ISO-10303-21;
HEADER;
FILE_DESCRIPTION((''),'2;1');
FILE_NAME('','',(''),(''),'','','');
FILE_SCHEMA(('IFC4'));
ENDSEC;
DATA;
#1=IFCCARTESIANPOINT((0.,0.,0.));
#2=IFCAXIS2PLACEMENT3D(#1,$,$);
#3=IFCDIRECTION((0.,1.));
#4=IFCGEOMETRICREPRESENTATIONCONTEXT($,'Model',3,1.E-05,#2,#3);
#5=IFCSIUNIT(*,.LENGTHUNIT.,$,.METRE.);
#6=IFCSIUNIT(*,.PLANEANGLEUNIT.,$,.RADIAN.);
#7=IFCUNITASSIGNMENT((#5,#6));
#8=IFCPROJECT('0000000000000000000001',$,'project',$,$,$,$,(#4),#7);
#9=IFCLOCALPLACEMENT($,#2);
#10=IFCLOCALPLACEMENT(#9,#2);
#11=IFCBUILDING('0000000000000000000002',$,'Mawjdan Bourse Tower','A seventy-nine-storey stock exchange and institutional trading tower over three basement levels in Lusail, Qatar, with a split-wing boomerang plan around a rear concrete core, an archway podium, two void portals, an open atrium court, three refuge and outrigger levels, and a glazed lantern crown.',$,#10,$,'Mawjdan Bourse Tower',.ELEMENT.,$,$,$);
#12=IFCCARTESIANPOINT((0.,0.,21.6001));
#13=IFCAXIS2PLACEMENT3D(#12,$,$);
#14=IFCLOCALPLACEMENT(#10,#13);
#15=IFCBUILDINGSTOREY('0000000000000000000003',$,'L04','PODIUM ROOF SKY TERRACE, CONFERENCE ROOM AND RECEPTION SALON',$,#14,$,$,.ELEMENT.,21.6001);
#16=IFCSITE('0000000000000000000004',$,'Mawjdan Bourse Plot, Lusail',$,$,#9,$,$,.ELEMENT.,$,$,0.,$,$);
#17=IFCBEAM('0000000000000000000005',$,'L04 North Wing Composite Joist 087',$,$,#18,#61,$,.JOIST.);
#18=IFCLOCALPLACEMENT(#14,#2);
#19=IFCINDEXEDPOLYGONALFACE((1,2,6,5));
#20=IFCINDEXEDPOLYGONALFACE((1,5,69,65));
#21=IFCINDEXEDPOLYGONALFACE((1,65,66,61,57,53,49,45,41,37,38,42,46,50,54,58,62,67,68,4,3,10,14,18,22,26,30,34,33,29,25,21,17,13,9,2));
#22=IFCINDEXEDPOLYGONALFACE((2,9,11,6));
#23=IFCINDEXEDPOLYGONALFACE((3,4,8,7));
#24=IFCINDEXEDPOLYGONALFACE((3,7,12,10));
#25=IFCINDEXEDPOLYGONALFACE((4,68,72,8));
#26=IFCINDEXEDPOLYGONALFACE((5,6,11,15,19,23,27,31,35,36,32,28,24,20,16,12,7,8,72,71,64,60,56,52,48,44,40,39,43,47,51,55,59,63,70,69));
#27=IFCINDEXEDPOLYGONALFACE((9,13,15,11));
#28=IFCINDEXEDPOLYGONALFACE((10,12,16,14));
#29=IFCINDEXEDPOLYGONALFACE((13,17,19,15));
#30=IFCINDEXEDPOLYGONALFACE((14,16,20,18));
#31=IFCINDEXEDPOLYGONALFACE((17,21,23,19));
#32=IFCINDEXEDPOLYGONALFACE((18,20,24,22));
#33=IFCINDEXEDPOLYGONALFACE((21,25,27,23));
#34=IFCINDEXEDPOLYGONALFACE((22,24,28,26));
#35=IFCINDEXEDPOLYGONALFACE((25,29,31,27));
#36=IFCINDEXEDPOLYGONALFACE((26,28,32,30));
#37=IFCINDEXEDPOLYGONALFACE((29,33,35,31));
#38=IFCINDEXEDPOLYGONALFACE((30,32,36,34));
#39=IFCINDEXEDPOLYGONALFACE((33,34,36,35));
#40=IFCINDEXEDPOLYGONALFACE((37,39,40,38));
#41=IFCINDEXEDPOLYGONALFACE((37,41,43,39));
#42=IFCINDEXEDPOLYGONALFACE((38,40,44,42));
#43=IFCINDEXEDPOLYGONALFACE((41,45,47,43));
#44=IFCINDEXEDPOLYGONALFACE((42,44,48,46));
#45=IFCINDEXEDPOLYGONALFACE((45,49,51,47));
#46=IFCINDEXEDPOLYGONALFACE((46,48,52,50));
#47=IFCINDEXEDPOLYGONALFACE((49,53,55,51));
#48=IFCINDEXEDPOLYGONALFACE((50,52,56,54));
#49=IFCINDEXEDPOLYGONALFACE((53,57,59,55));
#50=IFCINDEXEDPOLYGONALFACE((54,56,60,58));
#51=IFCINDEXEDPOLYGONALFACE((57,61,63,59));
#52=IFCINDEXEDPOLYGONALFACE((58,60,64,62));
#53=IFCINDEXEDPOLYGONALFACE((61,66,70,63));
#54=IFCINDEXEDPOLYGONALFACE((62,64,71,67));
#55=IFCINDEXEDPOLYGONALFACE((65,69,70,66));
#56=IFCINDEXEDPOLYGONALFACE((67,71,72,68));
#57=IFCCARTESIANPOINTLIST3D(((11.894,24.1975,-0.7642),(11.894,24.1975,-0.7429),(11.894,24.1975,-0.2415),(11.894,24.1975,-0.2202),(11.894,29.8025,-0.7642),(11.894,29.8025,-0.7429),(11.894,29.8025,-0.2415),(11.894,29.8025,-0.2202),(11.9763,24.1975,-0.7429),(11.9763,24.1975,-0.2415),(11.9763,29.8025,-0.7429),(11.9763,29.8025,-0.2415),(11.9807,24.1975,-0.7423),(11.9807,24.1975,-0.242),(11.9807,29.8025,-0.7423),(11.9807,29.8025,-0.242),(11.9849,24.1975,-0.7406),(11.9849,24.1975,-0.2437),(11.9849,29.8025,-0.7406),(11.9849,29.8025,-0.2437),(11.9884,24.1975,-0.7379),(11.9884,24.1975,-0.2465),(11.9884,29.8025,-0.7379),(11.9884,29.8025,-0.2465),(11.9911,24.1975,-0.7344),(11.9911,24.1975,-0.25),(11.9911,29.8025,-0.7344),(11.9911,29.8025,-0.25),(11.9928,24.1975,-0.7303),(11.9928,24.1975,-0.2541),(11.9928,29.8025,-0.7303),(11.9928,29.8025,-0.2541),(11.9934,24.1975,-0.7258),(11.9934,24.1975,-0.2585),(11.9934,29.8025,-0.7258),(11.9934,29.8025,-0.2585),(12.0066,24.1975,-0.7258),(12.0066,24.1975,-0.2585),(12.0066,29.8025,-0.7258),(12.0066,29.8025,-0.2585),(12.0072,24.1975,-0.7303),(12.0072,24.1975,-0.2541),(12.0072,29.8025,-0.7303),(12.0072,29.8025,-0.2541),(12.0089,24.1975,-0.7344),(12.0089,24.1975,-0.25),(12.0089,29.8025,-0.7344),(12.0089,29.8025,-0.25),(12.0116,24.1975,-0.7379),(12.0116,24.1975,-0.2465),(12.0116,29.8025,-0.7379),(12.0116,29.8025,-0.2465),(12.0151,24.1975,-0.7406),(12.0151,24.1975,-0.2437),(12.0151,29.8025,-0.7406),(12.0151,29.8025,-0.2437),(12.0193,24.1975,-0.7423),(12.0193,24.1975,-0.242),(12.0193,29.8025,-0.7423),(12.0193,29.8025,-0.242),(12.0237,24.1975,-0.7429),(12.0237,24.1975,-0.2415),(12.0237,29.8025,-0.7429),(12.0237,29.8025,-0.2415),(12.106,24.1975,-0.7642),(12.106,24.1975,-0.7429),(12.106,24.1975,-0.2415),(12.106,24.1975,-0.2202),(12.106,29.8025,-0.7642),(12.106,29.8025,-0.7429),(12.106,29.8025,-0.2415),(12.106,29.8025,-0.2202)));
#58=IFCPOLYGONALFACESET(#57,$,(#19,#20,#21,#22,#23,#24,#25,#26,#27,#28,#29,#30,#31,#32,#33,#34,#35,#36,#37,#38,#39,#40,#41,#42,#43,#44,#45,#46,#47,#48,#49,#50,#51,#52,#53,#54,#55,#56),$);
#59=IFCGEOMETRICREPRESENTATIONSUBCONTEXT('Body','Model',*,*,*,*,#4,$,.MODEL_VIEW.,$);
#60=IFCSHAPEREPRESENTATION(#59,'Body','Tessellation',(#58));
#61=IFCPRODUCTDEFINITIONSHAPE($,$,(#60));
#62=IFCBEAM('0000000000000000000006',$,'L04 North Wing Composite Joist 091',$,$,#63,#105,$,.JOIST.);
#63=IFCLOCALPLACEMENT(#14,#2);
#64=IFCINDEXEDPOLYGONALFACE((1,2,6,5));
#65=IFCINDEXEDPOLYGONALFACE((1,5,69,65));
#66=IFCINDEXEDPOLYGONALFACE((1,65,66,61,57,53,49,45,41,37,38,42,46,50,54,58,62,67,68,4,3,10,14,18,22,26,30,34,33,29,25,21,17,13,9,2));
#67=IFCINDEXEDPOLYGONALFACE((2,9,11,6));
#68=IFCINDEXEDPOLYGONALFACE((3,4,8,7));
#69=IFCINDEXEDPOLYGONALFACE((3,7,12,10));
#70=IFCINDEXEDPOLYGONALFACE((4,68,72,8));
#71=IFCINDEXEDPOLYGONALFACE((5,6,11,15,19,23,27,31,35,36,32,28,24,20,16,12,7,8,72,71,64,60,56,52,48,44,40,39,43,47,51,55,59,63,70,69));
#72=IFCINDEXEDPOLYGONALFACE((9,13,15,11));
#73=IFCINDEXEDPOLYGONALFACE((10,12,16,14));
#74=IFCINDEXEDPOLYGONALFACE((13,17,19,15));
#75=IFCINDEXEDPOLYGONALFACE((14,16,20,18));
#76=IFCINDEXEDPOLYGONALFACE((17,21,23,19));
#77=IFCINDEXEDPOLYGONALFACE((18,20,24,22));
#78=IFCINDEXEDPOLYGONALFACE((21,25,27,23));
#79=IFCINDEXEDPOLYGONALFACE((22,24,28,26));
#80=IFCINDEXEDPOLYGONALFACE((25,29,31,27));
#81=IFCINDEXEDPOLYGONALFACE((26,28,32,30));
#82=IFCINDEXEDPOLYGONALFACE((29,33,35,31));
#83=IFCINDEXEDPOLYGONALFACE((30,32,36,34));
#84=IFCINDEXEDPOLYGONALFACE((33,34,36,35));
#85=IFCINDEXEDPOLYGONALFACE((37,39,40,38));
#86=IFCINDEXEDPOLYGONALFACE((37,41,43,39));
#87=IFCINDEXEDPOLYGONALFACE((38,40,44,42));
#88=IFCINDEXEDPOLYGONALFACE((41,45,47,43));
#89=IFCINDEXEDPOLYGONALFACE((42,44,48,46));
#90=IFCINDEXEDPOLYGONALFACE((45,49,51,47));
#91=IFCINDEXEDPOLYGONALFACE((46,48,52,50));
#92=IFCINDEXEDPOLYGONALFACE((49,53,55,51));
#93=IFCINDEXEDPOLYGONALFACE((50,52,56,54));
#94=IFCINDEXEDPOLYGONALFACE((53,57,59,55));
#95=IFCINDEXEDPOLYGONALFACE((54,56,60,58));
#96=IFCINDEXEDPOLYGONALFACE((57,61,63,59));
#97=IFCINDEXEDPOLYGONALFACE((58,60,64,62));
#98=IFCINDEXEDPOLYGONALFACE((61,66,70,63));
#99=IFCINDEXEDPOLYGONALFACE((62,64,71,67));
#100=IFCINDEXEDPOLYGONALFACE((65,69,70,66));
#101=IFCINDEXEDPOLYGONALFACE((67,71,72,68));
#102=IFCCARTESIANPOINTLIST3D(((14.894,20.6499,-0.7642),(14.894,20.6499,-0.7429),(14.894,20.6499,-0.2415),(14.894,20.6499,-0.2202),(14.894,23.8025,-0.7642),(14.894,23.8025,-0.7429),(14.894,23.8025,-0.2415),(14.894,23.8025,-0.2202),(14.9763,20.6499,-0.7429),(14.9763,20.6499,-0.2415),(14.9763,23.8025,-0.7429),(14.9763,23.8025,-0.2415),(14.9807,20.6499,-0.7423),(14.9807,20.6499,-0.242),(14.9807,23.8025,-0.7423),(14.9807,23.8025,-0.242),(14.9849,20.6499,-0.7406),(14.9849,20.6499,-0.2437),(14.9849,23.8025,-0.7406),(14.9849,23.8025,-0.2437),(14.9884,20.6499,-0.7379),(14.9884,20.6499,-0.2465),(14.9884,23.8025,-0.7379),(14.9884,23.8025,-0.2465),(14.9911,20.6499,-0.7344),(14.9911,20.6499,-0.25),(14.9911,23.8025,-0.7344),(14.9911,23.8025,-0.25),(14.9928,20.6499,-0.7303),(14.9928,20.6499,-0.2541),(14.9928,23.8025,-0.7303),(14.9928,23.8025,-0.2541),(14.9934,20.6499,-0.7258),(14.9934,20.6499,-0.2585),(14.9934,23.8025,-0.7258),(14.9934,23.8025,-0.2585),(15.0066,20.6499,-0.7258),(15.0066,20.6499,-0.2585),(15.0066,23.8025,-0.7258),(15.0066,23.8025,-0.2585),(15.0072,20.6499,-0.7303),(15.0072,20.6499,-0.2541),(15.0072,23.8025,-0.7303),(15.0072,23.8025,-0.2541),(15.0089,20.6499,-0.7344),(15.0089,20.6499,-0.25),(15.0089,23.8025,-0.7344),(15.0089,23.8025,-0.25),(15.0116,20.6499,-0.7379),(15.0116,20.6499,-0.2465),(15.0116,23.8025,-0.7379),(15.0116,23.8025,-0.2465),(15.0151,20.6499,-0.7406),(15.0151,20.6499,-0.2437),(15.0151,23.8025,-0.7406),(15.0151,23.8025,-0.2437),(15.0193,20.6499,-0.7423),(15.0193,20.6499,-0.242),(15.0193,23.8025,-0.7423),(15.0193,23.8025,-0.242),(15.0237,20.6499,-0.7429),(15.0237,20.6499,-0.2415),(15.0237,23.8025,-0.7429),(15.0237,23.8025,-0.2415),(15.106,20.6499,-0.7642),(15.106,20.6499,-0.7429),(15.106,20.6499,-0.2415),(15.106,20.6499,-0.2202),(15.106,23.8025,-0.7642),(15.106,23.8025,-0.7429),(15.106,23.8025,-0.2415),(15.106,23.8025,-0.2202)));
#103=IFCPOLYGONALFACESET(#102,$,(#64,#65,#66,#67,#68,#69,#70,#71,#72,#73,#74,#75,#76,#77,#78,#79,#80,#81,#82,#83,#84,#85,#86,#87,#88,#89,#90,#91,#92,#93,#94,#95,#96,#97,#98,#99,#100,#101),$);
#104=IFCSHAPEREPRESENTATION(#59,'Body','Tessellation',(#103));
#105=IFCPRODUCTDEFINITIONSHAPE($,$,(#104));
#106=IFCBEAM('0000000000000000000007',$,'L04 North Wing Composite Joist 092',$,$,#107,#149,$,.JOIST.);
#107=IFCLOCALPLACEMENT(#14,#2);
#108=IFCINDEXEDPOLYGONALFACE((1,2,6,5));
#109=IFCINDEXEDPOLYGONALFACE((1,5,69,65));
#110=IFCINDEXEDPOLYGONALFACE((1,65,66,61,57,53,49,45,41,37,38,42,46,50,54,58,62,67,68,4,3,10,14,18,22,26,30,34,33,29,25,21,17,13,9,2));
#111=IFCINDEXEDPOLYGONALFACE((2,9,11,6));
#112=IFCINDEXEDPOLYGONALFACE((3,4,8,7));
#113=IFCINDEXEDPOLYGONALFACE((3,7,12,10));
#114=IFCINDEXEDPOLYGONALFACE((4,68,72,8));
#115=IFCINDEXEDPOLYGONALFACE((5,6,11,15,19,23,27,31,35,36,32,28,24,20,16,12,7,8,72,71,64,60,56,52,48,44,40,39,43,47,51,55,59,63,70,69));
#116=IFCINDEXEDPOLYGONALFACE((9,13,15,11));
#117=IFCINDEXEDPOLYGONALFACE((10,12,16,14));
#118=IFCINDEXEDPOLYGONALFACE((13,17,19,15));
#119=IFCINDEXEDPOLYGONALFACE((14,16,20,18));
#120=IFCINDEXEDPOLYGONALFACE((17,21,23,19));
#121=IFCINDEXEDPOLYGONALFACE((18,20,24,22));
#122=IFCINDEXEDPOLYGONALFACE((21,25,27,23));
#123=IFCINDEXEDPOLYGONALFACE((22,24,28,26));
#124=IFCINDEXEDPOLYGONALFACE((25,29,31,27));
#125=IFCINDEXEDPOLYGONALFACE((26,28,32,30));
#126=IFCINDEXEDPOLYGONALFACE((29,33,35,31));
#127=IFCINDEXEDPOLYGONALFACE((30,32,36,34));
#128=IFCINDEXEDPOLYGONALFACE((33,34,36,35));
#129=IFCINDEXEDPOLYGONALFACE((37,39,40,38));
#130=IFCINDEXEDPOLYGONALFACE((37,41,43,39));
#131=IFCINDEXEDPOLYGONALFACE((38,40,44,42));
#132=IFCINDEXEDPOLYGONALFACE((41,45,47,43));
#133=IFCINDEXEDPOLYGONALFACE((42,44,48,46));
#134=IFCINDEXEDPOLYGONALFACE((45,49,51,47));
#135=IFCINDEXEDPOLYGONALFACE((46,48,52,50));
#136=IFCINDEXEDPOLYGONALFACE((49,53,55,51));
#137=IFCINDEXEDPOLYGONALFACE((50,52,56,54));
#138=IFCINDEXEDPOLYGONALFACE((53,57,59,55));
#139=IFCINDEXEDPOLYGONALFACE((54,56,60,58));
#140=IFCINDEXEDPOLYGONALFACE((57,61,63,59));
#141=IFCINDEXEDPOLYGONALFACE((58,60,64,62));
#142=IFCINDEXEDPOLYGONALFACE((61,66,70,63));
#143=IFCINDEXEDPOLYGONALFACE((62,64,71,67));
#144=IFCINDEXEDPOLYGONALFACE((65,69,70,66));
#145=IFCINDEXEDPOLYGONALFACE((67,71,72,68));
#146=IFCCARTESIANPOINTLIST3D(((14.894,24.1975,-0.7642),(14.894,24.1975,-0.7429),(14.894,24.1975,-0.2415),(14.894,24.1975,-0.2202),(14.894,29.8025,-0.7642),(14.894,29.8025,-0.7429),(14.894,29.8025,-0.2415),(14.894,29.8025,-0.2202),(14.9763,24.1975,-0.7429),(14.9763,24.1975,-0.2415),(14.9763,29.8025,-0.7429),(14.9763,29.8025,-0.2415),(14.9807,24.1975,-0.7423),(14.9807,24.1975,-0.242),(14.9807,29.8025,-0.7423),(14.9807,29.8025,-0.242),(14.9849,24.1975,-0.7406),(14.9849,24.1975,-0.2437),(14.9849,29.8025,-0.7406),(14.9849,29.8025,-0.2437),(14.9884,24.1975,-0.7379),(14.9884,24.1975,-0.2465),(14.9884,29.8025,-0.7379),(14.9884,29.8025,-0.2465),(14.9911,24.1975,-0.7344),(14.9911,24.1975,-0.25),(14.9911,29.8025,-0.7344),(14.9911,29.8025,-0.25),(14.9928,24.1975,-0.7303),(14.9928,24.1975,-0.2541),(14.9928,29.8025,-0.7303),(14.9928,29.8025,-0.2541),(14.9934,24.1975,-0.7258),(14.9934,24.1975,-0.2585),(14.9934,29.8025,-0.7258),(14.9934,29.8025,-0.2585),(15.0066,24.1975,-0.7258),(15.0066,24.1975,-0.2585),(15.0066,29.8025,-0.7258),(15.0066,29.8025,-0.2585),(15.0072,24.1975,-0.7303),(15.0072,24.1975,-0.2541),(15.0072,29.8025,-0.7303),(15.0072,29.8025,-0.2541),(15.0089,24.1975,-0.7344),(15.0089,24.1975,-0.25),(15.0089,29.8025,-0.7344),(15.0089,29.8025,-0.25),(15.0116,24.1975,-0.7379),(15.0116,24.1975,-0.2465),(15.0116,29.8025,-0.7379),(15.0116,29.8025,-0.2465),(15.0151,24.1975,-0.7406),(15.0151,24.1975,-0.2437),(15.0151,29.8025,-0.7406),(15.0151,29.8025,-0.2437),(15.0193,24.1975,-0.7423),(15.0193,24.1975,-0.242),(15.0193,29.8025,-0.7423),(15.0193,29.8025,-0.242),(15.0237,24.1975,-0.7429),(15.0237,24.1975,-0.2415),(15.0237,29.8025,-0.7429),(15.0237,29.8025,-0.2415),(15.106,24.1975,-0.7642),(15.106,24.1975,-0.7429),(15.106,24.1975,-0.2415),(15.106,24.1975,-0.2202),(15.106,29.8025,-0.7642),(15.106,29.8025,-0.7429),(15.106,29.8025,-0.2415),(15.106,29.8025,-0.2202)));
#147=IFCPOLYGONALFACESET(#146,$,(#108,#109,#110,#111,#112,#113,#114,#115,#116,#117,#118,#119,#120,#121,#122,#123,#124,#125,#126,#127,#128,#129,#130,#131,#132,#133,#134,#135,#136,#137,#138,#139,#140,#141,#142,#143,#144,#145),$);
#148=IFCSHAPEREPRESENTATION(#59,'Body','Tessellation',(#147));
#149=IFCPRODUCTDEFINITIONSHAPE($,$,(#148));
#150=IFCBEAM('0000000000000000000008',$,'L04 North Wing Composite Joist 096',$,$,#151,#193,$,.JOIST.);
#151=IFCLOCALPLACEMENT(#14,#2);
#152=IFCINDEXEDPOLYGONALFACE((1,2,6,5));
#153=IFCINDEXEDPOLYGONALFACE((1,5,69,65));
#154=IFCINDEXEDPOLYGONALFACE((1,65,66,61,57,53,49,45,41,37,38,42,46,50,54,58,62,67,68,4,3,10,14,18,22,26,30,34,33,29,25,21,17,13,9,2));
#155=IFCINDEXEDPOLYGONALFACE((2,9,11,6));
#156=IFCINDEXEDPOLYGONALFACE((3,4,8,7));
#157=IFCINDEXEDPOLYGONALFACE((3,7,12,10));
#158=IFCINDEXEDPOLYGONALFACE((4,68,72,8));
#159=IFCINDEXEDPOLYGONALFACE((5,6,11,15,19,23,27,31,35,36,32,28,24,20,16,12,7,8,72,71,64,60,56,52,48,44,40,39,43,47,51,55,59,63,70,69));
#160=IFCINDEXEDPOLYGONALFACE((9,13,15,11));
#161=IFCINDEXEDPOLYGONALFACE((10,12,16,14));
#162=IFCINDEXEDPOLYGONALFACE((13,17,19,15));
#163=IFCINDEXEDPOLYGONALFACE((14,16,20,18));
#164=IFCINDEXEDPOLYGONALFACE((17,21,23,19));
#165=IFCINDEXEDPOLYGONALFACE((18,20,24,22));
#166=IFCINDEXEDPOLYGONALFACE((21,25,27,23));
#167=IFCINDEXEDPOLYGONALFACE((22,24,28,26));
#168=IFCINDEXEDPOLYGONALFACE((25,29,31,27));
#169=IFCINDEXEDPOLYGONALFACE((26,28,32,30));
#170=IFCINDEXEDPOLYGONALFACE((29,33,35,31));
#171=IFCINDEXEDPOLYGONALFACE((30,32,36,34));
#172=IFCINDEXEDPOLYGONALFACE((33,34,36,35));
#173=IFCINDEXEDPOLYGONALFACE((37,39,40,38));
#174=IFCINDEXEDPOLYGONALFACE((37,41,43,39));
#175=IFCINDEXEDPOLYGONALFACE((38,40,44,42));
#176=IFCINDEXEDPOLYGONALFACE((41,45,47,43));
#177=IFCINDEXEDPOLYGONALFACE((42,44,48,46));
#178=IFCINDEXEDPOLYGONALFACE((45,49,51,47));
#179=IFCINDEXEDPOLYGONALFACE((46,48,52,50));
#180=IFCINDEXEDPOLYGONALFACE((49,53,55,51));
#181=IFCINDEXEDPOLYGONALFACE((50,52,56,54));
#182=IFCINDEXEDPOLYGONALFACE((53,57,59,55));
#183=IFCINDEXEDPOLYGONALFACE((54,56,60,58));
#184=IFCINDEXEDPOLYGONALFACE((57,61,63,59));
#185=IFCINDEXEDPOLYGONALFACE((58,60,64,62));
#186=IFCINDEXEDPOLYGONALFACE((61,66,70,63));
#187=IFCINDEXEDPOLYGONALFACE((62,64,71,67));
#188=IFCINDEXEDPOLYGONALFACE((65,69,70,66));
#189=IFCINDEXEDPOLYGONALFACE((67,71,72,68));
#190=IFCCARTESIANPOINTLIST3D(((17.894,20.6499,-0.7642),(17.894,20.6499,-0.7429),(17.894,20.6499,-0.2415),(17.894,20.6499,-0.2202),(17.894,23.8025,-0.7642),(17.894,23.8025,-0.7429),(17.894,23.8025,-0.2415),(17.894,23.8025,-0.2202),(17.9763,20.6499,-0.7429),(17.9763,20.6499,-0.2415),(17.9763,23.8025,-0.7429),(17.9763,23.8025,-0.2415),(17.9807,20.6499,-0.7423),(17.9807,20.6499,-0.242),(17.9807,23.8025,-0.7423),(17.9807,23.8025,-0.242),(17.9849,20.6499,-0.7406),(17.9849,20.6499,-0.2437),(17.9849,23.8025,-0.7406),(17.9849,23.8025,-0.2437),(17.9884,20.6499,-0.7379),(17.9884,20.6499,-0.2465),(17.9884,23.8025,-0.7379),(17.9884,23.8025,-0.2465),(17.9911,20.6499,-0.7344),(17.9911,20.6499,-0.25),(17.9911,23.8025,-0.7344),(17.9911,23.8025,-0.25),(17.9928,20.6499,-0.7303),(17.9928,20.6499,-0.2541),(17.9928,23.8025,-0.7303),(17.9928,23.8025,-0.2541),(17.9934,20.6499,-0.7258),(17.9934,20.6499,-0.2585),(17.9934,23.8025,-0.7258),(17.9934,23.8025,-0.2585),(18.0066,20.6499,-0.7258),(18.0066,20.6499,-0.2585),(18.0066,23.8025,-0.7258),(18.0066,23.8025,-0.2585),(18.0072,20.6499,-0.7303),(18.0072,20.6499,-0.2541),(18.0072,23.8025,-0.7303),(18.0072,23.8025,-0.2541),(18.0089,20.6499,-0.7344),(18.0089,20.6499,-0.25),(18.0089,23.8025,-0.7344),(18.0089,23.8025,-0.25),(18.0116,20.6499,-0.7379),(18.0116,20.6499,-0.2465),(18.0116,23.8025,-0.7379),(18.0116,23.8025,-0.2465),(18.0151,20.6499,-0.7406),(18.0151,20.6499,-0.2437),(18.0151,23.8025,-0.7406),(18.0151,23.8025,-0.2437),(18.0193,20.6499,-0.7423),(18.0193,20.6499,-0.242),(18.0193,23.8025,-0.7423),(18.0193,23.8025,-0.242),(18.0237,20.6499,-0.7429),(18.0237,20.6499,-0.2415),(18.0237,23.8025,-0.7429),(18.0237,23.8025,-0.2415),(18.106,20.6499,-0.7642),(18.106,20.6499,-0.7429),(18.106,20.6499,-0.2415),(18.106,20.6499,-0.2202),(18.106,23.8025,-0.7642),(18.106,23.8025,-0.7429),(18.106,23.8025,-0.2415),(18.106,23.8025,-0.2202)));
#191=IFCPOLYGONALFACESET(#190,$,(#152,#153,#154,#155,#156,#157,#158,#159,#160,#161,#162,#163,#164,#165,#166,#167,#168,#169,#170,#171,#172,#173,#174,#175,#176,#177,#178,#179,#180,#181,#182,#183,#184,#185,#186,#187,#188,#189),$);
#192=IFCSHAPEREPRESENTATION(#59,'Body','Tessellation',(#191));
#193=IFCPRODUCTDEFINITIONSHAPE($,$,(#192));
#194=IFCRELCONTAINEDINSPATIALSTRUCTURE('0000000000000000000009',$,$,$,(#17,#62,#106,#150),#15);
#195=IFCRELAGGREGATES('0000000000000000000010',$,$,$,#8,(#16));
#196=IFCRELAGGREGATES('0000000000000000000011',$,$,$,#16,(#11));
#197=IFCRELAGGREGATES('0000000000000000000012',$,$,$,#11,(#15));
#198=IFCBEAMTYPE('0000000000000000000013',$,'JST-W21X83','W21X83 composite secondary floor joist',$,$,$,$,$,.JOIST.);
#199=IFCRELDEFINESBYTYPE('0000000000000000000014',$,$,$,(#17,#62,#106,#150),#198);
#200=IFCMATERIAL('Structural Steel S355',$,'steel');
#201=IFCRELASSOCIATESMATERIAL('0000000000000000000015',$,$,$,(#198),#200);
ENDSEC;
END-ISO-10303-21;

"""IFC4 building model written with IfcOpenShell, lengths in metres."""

from ifc_helpers import new_model, si_unit, direction, frame, origin, origin_2d, place, context, subcontext, project, spatial, i_section, extrude, material, material_profile, profile_set, type_object, element, save


model = new_model("IFC4")

# Units and contexts
model_context = context("Model", 3, precision=1e-05, world=origin(), true_north=direction((0.0, 1.0)))
body_context = subcontext(model_context, "Body", "Model", "MODEL_VIEW")
ifc_project = project(units=[si_unit("LENGTHUNIT", "METRE"), si_unit("PLANEANGLEUNIT", "RADIAN")], contexts=[model_context])

# Site, building, storey
site_placement = place(None, origin())
site = spatial("IfcSite", under=ifc_project, at=site_placement, Name="Mawjdan Bourse Plot, Lusail", CompositionType="ELEMENT", RefElevation=0.0)
building_placement = place(site_placement, origin())
building = spatial("IfcBuilding", under=site, at=building_placement, Name="Mawjdan Bourse Tower", Description="A seventy-nine-storey stock exchange and institutional trading tower over three basement levels in Lusail, Qatar, with a split-wing boomerang plan around a rear concrete core, an archway podium, two void portals, an open atrium court, three refuge and outrigger levels, and a glazed lantern crown.", LongName="Mawjdan Bourse Tower", CompositionType="ELEMENT")
storey_placement = place(building_placement, frame((0.0, 0.0, 21.6001)))
storey = spatial("IfcBuildingStorey", under=building, at=storey_placement, Name="L04", Description="PODIUM ROOF SKY TERRACE, CONFERENCE ROOM AND RECEPTION SALON", CompositionType="ELEMENT", Elevation=21.6001)

# Beams
ifc_material_1 = material(Name="Structural Steel S355", Category="steel")
ifc_material_profile_1 = material_profile(ifc_material_1, i_section(OverallWidth=0.2119, OverallDepth=0.5439, WebThickness=0.0132, FlangeThickness=0.0212, FilletRadius=0.0171, at=origin_2d()), Name="W21X83")
ifc_profile_set_1 = profile_set([ifc_material_profile_1], Name="Structural Steel S355")
beam_type_1 = type_object("IfcBeamType", Name="JST-W21X83", Description="W21X83 composite secondary floor joist", PredefinedType="JOIST", material=ifc_profile_set_1)
beam_1_placement = place(storey_placement, frame((12.0, 24.1975, -0.4922), z_axis=(0.0, 1.0, 0.0), x_axis=(-1.0, 0.0, 0.0)))
element("IfcBeam", 1, at=beam_1_placement, inside=storey, type_object=beam_type_1, Name="L04 North Wing Composite Joist 087", PredefinedType="JOIST", context=body_context, shape_type="SweptSolid", body=[
    extrude(i_section(OverallWidth=0.2119, OverallDepth=0.5439, WebThickness=0.0132, FlangeThickness=0.0212, FilletRadius=0.0171, at=origin_2d()), origin(), (0.0, 0.0, 1.0), 5.605),
])
beam_2_placement = place(storey_placement, frame((15.0, 20.6499, -0.4922), z_axis=(0.0, 1.0, 0.0), x_axis=(-1.0, 0.0, 0.0)))
element("IfcBeam", 2, at=beam_2_placement, inside=storey, type_object=beam_type_1, Name="L04 North Wing Composite Joist 091", PredefinedType="JOIST", context=body_context, shape_type="SweptSolid", body=[
    extrude(i_section(OverallWidth=0.2119, OverallDepth=0.5439, WebThickness=0.0132, FlangeThickness=0.0212, FilletRadius=0.0171, at=origin_2d()), origin(), (0.0, 0.0, 1.0), 3.1526),
])
beam_3_placement = place(storey_placement, frame((15.0, 24.1975, -0.4922), z_axis=(0.0, 1.0, 0.0), x_axis=(-1.0, 0.0, 0.0)))
element("IfcBeam", 3, at=beam_3_placement, inside=storey, type_object=beam_type_1, Name="L04 North Wing Composite Joist 092", PredefinedType="JOIST", context=body_context, shape_type="SweptSolid", body=[
    extrude(i_section(OverallWidth=0.2119, OverallDepth=0.5439, WebThickness=0.0132, FlangeThickness=0.0212, FilletRadius=0.0171, at=origin_2d()), origin(), (0.0, 0.0, 1.0), 5.605),
])
beam_4_placement = place(storey_placement, frame((18.0, 20.6499, -0.4922), z_axis=(0.0, 1.0, 0.0), x_axis=(-1.0, 0.0, 0.0)))
element("IfcBeam", 4, at=beam_4_placement, inside=storey, type_object=beam_type_1, Name="L04 North Wing Composite Joist 096", PredefinedType="JOIST", context=body_context, shape_type="SweptSolid", body=[
    extrude(i_section(OverallWidth=0.2119, OverallDepth=0.5439, WebThickness=0.0132, FlangeThickness=0.0212, FilletRadius=0.0171, at=origin_2d()), origin(), (0.0, 0.0, 1.0), 3.1526),
])

save(model, "model.ifc")
